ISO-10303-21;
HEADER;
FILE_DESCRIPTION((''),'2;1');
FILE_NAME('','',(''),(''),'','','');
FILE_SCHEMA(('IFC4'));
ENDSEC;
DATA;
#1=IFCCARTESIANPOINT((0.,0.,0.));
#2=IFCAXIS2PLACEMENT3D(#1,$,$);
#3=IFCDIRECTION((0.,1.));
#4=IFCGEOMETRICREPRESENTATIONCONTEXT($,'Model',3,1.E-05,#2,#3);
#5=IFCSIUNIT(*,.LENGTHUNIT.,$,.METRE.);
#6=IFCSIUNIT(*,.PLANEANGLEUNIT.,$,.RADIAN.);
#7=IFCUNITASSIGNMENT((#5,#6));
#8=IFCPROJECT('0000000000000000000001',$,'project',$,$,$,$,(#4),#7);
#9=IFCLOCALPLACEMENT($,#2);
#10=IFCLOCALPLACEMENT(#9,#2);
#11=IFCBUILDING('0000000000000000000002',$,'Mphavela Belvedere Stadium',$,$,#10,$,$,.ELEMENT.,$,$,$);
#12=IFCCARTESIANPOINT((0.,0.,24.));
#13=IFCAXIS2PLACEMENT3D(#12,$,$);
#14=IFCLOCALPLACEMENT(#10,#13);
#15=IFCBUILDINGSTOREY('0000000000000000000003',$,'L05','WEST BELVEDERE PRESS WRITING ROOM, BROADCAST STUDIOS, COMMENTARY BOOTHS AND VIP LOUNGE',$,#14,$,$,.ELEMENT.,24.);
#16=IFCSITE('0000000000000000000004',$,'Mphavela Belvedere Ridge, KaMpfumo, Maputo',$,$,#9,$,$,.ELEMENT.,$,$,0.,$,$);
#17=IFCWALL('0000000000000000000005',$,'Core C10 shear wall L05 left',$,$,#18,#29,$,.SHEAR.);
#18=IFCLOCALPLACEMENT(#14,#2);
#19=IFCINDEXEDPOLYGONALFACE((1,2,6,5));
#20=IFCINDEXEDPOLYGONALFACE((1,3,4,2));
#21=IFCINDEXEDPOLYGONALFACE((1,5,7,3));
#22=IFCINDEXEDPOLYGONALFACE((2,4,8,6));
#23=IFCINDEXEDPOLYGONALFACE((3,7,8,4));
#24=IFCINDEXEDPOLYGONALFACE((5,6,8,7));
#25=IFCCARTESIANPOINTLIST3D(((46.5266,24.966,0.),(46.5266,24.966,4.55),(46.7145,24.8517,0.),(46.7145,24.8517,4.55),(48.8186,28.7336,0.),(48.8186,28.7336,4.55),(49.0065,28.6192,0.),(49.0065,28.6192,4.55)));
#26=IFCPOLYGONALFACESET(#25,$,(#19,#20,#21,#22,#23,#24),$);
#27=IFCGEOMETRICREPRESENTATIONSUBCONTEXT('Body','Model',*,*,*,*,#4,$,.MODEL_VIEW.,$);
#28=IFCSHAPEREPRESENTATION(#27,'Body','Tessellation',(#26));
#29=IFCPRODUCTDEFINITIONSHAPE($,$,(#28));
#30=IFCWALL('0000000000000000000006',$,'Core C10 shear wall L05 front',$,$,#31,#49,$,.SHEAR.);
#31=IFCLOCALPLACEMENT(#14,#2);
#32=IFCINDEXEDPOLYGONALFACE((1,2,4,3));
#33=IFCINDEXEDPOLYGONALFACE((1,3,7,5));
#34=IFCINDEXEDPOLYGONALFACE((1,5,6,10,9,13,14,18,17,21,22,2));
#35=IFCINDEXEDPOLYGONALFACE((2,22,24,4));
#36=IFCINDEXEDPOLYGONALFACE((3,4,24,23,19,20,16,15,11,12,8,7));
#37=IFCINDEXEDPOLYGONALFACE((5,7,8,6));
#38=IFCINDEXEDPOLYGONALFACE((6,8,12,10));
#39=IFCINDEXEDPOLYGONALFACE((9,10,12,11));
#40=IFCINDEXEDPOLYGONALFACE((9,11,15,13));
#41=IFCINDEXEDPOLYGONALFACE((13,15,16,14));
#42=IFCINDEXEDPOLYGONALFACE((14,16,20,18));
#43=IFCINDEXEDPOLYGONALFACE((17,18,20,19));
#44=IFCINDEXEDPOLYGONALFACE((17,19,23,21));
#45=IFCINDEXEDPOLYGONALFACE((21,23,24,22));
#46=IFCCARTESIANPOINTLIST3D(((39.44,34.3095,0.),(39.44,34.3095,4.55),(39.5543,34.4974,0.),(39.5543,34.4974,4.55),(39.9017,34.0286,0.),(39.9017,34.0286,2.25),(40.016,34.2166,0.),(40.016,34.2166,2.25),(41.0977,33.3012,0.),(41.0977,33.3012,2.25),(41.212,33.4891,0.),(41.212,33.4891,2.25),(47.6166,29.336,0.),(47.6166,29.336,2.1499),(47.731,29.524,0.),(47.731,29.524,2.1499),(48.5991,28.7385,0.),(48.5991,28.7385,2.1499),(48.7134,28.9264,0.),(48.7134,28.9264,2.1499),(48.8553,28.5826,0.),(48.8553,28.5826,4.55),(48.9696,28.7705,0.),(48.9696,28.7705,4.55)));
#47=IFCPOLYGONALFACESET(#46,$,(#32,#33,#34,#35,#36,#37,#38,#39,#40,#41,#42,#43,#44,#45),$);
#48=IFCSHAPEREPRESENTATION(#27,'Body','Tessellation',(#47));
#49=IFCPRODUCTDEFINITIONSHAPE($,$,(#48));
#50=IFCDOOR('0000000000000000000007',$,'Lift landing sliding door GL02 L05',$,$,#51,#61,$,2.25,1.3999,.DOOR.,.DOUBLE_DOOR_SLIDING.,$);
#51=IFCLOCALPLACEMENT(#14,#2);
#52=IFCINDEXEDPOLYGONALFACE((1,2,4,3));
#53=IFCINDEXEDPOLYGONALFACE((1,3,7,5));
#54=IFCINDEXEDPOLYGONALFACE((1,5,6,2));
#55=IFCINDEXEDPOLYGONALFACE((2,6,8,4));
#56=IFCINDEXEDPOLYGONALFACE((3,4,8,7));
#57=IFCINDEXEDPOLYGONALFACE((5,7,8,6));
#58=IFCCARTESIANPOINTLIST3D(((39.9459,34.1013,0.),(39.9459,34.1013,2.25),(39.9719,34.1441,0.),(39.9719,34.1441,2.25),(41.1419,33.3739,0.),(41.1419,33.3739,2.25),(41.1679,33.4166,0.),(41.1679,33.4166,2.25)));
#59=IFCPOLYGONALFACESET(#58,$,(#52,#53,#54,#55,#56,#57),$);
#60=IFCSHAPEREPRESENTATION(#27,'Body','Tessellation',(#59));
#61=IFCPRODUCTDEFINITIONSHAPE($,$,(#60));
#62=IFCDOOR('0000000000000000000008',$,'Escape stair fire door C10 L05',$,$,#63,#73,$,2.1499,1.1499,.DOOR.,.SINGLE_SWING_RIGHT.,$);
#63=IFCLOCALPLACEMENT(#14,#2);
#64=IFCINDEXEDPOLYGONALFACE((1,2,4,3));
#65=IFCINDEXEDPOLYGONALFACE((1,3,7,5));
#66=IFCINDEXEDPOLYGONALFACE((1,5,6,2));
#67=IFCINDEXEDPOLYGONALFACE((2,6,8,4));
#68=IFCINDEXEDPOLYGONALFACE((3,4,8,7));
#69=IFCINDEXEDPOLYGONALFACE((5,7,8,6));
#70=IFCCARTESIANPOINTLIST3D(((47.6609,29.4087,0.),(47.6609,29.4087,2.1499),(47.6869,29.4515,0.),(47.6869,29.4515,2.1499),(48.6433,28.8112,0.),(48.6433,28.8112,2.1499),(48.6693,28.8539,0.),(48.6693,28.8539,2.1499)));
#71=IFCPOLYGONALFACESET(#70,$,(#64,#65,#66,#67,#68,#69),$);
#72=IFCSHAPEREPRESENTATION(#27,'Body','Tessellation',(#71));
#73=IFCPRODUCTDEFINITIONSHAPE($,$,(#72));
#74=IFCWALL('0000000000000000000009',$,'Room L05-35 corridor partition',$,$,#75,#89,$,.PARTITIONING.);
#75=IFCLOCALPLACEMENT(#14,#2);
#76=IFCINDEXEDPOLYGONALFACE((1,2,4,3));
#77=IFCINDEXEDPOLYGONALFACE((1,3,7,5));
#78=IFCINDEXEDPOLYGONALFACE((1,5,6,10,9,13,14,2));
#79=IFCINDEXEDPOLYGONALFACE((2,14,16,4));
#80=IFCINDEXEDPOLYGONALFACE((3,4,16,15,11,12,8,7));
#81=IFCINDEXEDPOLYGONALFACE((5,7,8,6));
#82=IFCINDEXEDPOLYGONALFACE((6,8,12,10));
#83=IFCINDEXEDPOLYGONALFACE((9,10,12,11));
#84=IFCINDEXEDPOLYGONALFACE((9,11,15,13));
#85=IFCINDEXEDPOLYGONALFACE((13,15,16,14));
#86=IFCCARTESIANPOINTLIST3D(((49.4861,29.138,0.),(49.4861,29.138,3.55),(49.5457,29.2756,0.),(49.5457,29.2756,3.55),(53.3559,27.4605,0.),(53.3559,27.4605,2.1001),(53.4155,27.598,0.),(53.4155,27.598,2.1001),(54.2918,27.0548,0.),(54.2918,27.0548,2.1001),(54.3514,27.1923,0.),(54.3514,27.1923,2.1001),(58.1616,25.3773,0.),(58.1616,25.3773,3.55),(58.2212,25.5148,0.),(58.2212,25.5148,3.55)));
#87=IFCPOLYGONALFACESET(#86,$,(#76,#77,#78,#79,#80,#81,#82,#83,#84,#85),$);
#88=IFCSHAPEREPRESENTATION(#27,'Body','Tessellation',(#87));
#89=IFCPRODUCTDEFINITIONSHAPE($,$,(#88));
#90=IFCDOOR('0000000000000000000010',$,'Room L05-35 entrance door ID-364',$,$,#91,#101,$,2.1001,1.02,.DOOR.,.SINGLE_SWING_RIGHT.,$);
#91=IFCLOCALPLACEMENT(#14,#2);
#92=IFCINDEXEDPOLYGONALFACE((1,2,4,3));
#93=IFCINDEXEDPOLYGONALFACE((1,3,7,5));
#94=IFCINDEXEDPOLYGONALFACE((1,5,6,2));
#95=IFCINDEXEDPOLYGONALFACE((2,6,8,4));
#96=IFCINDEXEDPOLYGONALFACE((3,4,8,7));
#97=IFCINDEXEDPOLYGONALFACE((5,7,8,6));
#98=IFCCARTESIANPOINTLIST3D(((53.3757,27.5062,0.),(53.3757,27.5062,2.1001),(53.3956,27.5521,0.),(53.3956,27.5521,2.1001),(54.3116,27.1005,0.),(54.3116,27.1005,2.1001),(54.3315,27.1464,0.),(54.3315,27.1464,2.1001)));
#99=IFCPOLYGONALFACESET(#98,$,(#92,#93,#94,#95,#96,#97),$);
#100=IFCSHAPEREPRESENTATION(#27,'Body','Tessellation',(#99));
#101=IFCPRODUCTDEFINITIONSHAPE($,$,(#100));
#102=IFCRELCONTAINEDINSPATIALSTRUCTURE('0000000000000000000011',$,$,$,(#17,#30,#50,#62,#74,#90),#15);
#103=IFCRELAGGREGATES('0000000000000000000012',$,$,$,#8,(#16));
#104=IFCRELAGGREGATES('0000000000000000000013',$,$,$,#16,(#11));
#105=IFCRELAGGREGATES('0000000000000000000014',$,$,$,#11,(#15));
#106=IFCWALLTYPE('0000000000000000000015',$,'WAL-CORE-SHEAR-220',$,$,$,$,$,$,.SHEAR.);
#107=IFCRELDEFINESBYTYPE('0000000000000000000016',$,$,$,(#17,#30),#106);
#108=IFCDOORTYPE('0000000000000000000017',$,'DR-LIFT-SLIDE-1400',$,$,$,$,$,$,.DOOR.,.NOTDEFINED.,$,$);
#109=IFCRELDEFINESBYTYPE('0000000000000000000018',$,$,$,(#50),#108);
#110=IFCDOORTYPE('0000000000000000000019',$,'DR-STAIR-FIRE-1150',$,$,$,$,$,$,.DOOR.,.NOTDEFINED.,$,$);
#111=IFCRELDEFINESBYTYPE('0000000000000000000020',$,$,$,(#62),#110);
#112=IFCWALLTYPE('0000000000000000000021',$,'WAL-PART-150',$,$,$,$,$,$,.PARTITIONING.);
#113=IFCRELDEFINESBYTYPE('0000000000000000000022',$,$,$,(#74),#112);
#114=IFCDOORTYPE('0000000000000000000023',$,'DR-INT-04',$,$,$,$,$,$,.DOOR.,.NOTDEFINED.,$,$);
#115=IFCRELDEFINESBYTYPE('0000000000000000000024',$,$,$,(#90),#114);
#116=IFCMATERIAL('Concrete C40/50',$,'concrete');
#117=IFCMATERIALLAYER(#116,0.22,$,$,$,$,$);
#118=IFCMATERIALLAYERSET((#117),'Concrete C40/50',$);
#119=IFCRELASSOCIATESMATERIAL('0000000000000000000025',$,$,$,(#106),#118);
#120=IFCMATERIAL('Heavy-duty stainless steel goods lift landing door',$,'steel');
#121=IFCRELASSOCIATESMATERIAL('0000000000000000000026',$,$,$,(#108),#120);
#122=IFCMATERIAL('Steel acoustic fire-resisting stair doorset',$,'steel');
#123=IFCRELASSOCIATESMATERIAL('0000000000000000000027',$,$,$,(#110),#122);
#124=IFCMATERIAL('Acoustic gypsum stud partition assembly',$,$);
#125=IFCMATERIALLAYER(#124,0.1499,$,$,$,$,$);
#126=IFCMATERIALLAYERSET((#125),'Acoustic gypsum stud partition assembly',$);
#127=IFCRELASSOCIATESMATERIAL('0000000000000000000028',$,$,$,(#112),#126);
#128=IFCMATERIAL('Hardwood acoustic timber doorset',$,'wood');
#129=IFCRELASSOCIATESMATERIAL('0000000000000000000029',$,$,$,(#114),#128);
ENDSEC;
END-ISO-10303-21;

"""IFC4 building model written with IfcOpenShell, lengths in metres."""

from ifc_helpers import new_model, si_unit, direction, frame, frame_2d, origin, place, context, subcontext, project, spatial, rectangle, extrude, material, layer, layer_set, type_object, element, fill, save


model = new_model("IFC4")

# Units and contexts
model_context = context("Model", 3, precision=1e-05, world=origin(), true_north=direction((0.0, 1.0)))
body_context = subcontext(model_context, "Body", "Model", "MODEL_VIEW")
ifc_project = project(units=[si_unit("LENGTHUNIT", "METRE"), si_unit("PLANEANGLEUNIT", "RADIAN")], contexts=[model_context])

# Site, building, storey
site_placement = place(None, origin())
site = spatial("IfcSite", under=ifc_project, at=site_placement, Name="Mphavela Belvedere Ridge, KaMpfumo, Maputo", CompositionType="ELEMENT", RefElevation=0.0)
building_placement = place(site_placement, origin())
building = spatial("IfcBuilding", under=site, at=building_placement, Name="Mphavela Belvedere Stadium", CompositionType="ELEMENT")
storey_placement = place(building_placement, frame((0.0, 0.0, 24.0)))
storey = spatial("IfcBuildingStorey", under=building, at=storey_placement, Name="L05", Description="WEST BELVEDERE PRESS WRITING ROOM, BROADCAST STUDIOS, COMMENTARY BOOTHS AND VIP LOUNGE", CompositionType="ELEMENT", Elevation=24.0)

# Wall
ifc_material_1 = material(Name="Concrete C40/50", Category="concrete")
ifc_layer_1 = layer(ifc_material_1, 0.22)
ifc_layer_set_1 = layer_set([ifc_layer_1], Name="Concrete C40/50")
wall_type_1 = type_object("IfcWallType", Name="WAL-CORE-SHEAR-220", PredefinedType="SHEAR", material=ifc_layer_set_1)
wall_1_placement = place(storey_placement, frame((48.9126, 28.6765, 0.0), z_axis=(0.0, 0.0, 1.0), x_axis=(-0.519729, -0.854331, 0.0)))
element("IfcWall", 1, at=wall_1_placement, inside=storey, type_object=wall_type_1, Name="Core C10 shear wall L05 left", PredefinedType="SHEAR", context=body_context, shape_type="SweptSolid", body=[
    extrude(rectangle(XDim=4.4099, YDim=0.22, at=frame_2d((2.2051, 0.0))), origin(), (0.0, 0.0, 1.0), 4.55),
])

# Wall, openings, doors
wall_2_placement = place(storey_placement, frame((48.9126, 28.6765, 0.0), z_axis=(0.0, 0.0, 1.0), x_axis=(-0.854369, 0.519666, 0.0)))
wall_2 = element("IfcWall", 2, at=wall_2_placement, inside=storey, type_object=wall_type_1, Name="Core C10 shear wall L05 front", PredefinedType="SHEAR", context=body_context, shape_type="SweptSolid", body=[
    extrude(rectangle(XDim=11.0203, YDim=0.22, at=frame_2d((5.5103, 0.0))), origin(), (0.0, 0.0, 1.0), 4.55),
])
opening_1_placement = place(wall_2_placement, frame((0.3, 0.0, 0.0)))
opening_1 = element("IfcOpeningElement", 3, at=opening_1_placement, cuts=wall_2, PredefinedType="OPENING", context=body_context, shape_type="SweptSolid", body=[
    extrude(rectangle(XDim=1.1499, YDim=2.1499, at=frame_2d((0.575, 1.075))), frame((0.0, 0.1201, 0.0), z_axis=(0.0, -1.0, 0.0), x_axis=(1.0, 0.0, 0.0)), (0.0, 0.0, 1.0), 0.24),
])
opening_2_placement = place(wall_2_placement, frame((9.0801, 0.0, 0.0)))
opening_2 = element("IfcOpeningElement", 4, at=opening_2_placement, cuts=wall_2, PredefinedType="OPENING", context=body_context, shape_type="SweptSolid", body=[
    extrude(rectangle(XDim=1.3999, YDim=2.25, at=frame_2d((0.7, 1.125))), frame((0.0, 0.1201, 0.0), z_axis=(0.0, -1.0, 0.0), x_axis=(1.0, 0.0, 0.0)), (0.0, 0.0, 1.0), 0.24),
])
ifc_material_2 = material(Name="Heavy-duty stainless steel goods lift landing door", Category="steel")
door_type_1 = type_object("IfcDoorType", Name="DR-LIFT-SLIDE-1400", OperationType="NOTDEFINED", PredefinedType="DOOR", material=ifc_material_2)
door_1_placement = place(opening_2_placement, origin())
door_1 = element("IfcDoor", 5, at=door_1_placement, inside=storey, type_object=door_type_1, Name="Lift landing sliding door GL02 L05", OperationType="DOUBLE_DOOR_SLIDING", OverallHeight=2.25, OverallWidth=1.3999, PredefinedType="DOOR", context=body_context, shape_type="SweptSolid", body=[
    extrude(rectangle(XDim=1.3999, YDim=2.25, at=frame_2d((0.7, 1.125))), frame((0.0, 0.0249, 0.0), z_axis=(0.0, -1.0, 0.0), x_axis=(1.0, 0.0, 0.0)), (0.0, 0.0, 1.0), 0.05),
])
fill(opening_2, door_1)
ifc_material_3 = material(Name="Steel acoustic fire-resisting stair doorset", Category="steel")
door_type_2 = type_object("IfcDoorType", Name="DR-STAIR-FIRE-1150", OperationType="NOTDEFINED", PredefinedType="DOOR", material=ifc_material_3)
door_2_placement = place(opening_1_placement, origin())
door_2 = element("IfcDoor", 6, at=door_2_placement, inside=storey, type_object=door_type_2, Name="Escape stair fire door C10 L05", OperationType="SINGLE_SWING_RIGHT", OverallHeight=2.1499, OverallWidth=1.1499, PredefinedType="DOOR", context=body_context, shape_type="SweptSolid", body=[
    extrude(rectangle(XDim=1.1499, YDim=2.1499, at=frame_2d((0.575, 1.075))), frame((0.0, 0.0249, 0.0), z_axis=(0.0, -1.0, 0.0), x_axis=(1.0, 0.0, 0.0)), (0.0, 0.0, 1.0), 0.05),
])
fill(opening_1, door_2)

# Wall, opening, door
ifc_material_4 = material(Name="Acoustic gypsum stud partition assembly")
ifc_layer_2 = layer(ifc_material_4, 0.1499)
ifc_layer_set_2 = layer_set([ifc_layer_2], Name="Acoustic gypsum stud partition assembly")
wall_type_2 = type_object("IfcWallType", Name="WAL-PART-150", PredefinedType="PARTITIONING", material=ifc_layer_set_2)
wall_3_placement = place(storey_placement, frame((49.5159, 29.2068, 0.0), z_axis=(0.0, 0.0, 1.0), x_axis=(0.917504, -0.397727, 0.0)))
wall_3 = element("IfcWall", 7, at=wall_3_placement, inside=storey, type_object=wall_type_2, Name="Room L05-35 corridor partition", PredefinedType="PARTITIONING", context=body_context, shape_type="SweptSolid", body=[
    extrude(rectangle(XDim=9.4556, YDim=0.1499, at=frame_2d((4.7278, 0.0))), origin(), (0.0, 0.0, 1.0), 3.55),
])
opening_3_placement = place(wall_3_placement, frame((4.2178, 0.0, 0.0)))
opening_3 = element("IfcOpeningElement", 8, at=opening_3_placement, cuts=wall_3, PredefinedType="OPENING", context=body_context, shape_type="SweptSolid", body=[
    extrude(rectangle(XDim=1.02, YDim=2.1001, at=frame_2d((0.51, 1.05))), frame((0.0, 0.085, 0.0), z_axis=(0.0, -1.0, 0.0), x_axis=(1.0, 0.0, 0.0)), (0.0, 0.0, 1.0), 0.1699),
])
ifc_material_5 = material(Name="Hardwood acoustic timber doorset", Category="wood")
door_type_3 = type_object("IfcDoorType", Name="DR-INT-04", OperationType="NOTDEFINED", PredefinedType="DOOR", material=ifc_material_5)
door_3_placement = place(opening_3_placement, origin())
door_3 = element("IfcDoor", 9, at=door_3_placement, inside=storey, type_object=door_type_3, Name="Room L05-35 entrance door ID-364", OperationType="SINGLE_SWING_RIGHT", OverallHeight=2.1001, OverallWidth=1.02, PredefinedType="DOOR", context=body_context, shape_type="SweptSolid", body=[
    extrude(rectangle(XDim=1.02, YDim=2.1001, at=frame_2d((0.51, 1.05))), frame((0.0, 0.0249, 0.0), z_axis=(0.0, -1.0, 0.0), x_axis=(1.0, 0.0, 0.0)), (0.0, 0.0, 1.0), 0.05),
])
fill(opening_3, door_3)

save(model, "model.ifc")
